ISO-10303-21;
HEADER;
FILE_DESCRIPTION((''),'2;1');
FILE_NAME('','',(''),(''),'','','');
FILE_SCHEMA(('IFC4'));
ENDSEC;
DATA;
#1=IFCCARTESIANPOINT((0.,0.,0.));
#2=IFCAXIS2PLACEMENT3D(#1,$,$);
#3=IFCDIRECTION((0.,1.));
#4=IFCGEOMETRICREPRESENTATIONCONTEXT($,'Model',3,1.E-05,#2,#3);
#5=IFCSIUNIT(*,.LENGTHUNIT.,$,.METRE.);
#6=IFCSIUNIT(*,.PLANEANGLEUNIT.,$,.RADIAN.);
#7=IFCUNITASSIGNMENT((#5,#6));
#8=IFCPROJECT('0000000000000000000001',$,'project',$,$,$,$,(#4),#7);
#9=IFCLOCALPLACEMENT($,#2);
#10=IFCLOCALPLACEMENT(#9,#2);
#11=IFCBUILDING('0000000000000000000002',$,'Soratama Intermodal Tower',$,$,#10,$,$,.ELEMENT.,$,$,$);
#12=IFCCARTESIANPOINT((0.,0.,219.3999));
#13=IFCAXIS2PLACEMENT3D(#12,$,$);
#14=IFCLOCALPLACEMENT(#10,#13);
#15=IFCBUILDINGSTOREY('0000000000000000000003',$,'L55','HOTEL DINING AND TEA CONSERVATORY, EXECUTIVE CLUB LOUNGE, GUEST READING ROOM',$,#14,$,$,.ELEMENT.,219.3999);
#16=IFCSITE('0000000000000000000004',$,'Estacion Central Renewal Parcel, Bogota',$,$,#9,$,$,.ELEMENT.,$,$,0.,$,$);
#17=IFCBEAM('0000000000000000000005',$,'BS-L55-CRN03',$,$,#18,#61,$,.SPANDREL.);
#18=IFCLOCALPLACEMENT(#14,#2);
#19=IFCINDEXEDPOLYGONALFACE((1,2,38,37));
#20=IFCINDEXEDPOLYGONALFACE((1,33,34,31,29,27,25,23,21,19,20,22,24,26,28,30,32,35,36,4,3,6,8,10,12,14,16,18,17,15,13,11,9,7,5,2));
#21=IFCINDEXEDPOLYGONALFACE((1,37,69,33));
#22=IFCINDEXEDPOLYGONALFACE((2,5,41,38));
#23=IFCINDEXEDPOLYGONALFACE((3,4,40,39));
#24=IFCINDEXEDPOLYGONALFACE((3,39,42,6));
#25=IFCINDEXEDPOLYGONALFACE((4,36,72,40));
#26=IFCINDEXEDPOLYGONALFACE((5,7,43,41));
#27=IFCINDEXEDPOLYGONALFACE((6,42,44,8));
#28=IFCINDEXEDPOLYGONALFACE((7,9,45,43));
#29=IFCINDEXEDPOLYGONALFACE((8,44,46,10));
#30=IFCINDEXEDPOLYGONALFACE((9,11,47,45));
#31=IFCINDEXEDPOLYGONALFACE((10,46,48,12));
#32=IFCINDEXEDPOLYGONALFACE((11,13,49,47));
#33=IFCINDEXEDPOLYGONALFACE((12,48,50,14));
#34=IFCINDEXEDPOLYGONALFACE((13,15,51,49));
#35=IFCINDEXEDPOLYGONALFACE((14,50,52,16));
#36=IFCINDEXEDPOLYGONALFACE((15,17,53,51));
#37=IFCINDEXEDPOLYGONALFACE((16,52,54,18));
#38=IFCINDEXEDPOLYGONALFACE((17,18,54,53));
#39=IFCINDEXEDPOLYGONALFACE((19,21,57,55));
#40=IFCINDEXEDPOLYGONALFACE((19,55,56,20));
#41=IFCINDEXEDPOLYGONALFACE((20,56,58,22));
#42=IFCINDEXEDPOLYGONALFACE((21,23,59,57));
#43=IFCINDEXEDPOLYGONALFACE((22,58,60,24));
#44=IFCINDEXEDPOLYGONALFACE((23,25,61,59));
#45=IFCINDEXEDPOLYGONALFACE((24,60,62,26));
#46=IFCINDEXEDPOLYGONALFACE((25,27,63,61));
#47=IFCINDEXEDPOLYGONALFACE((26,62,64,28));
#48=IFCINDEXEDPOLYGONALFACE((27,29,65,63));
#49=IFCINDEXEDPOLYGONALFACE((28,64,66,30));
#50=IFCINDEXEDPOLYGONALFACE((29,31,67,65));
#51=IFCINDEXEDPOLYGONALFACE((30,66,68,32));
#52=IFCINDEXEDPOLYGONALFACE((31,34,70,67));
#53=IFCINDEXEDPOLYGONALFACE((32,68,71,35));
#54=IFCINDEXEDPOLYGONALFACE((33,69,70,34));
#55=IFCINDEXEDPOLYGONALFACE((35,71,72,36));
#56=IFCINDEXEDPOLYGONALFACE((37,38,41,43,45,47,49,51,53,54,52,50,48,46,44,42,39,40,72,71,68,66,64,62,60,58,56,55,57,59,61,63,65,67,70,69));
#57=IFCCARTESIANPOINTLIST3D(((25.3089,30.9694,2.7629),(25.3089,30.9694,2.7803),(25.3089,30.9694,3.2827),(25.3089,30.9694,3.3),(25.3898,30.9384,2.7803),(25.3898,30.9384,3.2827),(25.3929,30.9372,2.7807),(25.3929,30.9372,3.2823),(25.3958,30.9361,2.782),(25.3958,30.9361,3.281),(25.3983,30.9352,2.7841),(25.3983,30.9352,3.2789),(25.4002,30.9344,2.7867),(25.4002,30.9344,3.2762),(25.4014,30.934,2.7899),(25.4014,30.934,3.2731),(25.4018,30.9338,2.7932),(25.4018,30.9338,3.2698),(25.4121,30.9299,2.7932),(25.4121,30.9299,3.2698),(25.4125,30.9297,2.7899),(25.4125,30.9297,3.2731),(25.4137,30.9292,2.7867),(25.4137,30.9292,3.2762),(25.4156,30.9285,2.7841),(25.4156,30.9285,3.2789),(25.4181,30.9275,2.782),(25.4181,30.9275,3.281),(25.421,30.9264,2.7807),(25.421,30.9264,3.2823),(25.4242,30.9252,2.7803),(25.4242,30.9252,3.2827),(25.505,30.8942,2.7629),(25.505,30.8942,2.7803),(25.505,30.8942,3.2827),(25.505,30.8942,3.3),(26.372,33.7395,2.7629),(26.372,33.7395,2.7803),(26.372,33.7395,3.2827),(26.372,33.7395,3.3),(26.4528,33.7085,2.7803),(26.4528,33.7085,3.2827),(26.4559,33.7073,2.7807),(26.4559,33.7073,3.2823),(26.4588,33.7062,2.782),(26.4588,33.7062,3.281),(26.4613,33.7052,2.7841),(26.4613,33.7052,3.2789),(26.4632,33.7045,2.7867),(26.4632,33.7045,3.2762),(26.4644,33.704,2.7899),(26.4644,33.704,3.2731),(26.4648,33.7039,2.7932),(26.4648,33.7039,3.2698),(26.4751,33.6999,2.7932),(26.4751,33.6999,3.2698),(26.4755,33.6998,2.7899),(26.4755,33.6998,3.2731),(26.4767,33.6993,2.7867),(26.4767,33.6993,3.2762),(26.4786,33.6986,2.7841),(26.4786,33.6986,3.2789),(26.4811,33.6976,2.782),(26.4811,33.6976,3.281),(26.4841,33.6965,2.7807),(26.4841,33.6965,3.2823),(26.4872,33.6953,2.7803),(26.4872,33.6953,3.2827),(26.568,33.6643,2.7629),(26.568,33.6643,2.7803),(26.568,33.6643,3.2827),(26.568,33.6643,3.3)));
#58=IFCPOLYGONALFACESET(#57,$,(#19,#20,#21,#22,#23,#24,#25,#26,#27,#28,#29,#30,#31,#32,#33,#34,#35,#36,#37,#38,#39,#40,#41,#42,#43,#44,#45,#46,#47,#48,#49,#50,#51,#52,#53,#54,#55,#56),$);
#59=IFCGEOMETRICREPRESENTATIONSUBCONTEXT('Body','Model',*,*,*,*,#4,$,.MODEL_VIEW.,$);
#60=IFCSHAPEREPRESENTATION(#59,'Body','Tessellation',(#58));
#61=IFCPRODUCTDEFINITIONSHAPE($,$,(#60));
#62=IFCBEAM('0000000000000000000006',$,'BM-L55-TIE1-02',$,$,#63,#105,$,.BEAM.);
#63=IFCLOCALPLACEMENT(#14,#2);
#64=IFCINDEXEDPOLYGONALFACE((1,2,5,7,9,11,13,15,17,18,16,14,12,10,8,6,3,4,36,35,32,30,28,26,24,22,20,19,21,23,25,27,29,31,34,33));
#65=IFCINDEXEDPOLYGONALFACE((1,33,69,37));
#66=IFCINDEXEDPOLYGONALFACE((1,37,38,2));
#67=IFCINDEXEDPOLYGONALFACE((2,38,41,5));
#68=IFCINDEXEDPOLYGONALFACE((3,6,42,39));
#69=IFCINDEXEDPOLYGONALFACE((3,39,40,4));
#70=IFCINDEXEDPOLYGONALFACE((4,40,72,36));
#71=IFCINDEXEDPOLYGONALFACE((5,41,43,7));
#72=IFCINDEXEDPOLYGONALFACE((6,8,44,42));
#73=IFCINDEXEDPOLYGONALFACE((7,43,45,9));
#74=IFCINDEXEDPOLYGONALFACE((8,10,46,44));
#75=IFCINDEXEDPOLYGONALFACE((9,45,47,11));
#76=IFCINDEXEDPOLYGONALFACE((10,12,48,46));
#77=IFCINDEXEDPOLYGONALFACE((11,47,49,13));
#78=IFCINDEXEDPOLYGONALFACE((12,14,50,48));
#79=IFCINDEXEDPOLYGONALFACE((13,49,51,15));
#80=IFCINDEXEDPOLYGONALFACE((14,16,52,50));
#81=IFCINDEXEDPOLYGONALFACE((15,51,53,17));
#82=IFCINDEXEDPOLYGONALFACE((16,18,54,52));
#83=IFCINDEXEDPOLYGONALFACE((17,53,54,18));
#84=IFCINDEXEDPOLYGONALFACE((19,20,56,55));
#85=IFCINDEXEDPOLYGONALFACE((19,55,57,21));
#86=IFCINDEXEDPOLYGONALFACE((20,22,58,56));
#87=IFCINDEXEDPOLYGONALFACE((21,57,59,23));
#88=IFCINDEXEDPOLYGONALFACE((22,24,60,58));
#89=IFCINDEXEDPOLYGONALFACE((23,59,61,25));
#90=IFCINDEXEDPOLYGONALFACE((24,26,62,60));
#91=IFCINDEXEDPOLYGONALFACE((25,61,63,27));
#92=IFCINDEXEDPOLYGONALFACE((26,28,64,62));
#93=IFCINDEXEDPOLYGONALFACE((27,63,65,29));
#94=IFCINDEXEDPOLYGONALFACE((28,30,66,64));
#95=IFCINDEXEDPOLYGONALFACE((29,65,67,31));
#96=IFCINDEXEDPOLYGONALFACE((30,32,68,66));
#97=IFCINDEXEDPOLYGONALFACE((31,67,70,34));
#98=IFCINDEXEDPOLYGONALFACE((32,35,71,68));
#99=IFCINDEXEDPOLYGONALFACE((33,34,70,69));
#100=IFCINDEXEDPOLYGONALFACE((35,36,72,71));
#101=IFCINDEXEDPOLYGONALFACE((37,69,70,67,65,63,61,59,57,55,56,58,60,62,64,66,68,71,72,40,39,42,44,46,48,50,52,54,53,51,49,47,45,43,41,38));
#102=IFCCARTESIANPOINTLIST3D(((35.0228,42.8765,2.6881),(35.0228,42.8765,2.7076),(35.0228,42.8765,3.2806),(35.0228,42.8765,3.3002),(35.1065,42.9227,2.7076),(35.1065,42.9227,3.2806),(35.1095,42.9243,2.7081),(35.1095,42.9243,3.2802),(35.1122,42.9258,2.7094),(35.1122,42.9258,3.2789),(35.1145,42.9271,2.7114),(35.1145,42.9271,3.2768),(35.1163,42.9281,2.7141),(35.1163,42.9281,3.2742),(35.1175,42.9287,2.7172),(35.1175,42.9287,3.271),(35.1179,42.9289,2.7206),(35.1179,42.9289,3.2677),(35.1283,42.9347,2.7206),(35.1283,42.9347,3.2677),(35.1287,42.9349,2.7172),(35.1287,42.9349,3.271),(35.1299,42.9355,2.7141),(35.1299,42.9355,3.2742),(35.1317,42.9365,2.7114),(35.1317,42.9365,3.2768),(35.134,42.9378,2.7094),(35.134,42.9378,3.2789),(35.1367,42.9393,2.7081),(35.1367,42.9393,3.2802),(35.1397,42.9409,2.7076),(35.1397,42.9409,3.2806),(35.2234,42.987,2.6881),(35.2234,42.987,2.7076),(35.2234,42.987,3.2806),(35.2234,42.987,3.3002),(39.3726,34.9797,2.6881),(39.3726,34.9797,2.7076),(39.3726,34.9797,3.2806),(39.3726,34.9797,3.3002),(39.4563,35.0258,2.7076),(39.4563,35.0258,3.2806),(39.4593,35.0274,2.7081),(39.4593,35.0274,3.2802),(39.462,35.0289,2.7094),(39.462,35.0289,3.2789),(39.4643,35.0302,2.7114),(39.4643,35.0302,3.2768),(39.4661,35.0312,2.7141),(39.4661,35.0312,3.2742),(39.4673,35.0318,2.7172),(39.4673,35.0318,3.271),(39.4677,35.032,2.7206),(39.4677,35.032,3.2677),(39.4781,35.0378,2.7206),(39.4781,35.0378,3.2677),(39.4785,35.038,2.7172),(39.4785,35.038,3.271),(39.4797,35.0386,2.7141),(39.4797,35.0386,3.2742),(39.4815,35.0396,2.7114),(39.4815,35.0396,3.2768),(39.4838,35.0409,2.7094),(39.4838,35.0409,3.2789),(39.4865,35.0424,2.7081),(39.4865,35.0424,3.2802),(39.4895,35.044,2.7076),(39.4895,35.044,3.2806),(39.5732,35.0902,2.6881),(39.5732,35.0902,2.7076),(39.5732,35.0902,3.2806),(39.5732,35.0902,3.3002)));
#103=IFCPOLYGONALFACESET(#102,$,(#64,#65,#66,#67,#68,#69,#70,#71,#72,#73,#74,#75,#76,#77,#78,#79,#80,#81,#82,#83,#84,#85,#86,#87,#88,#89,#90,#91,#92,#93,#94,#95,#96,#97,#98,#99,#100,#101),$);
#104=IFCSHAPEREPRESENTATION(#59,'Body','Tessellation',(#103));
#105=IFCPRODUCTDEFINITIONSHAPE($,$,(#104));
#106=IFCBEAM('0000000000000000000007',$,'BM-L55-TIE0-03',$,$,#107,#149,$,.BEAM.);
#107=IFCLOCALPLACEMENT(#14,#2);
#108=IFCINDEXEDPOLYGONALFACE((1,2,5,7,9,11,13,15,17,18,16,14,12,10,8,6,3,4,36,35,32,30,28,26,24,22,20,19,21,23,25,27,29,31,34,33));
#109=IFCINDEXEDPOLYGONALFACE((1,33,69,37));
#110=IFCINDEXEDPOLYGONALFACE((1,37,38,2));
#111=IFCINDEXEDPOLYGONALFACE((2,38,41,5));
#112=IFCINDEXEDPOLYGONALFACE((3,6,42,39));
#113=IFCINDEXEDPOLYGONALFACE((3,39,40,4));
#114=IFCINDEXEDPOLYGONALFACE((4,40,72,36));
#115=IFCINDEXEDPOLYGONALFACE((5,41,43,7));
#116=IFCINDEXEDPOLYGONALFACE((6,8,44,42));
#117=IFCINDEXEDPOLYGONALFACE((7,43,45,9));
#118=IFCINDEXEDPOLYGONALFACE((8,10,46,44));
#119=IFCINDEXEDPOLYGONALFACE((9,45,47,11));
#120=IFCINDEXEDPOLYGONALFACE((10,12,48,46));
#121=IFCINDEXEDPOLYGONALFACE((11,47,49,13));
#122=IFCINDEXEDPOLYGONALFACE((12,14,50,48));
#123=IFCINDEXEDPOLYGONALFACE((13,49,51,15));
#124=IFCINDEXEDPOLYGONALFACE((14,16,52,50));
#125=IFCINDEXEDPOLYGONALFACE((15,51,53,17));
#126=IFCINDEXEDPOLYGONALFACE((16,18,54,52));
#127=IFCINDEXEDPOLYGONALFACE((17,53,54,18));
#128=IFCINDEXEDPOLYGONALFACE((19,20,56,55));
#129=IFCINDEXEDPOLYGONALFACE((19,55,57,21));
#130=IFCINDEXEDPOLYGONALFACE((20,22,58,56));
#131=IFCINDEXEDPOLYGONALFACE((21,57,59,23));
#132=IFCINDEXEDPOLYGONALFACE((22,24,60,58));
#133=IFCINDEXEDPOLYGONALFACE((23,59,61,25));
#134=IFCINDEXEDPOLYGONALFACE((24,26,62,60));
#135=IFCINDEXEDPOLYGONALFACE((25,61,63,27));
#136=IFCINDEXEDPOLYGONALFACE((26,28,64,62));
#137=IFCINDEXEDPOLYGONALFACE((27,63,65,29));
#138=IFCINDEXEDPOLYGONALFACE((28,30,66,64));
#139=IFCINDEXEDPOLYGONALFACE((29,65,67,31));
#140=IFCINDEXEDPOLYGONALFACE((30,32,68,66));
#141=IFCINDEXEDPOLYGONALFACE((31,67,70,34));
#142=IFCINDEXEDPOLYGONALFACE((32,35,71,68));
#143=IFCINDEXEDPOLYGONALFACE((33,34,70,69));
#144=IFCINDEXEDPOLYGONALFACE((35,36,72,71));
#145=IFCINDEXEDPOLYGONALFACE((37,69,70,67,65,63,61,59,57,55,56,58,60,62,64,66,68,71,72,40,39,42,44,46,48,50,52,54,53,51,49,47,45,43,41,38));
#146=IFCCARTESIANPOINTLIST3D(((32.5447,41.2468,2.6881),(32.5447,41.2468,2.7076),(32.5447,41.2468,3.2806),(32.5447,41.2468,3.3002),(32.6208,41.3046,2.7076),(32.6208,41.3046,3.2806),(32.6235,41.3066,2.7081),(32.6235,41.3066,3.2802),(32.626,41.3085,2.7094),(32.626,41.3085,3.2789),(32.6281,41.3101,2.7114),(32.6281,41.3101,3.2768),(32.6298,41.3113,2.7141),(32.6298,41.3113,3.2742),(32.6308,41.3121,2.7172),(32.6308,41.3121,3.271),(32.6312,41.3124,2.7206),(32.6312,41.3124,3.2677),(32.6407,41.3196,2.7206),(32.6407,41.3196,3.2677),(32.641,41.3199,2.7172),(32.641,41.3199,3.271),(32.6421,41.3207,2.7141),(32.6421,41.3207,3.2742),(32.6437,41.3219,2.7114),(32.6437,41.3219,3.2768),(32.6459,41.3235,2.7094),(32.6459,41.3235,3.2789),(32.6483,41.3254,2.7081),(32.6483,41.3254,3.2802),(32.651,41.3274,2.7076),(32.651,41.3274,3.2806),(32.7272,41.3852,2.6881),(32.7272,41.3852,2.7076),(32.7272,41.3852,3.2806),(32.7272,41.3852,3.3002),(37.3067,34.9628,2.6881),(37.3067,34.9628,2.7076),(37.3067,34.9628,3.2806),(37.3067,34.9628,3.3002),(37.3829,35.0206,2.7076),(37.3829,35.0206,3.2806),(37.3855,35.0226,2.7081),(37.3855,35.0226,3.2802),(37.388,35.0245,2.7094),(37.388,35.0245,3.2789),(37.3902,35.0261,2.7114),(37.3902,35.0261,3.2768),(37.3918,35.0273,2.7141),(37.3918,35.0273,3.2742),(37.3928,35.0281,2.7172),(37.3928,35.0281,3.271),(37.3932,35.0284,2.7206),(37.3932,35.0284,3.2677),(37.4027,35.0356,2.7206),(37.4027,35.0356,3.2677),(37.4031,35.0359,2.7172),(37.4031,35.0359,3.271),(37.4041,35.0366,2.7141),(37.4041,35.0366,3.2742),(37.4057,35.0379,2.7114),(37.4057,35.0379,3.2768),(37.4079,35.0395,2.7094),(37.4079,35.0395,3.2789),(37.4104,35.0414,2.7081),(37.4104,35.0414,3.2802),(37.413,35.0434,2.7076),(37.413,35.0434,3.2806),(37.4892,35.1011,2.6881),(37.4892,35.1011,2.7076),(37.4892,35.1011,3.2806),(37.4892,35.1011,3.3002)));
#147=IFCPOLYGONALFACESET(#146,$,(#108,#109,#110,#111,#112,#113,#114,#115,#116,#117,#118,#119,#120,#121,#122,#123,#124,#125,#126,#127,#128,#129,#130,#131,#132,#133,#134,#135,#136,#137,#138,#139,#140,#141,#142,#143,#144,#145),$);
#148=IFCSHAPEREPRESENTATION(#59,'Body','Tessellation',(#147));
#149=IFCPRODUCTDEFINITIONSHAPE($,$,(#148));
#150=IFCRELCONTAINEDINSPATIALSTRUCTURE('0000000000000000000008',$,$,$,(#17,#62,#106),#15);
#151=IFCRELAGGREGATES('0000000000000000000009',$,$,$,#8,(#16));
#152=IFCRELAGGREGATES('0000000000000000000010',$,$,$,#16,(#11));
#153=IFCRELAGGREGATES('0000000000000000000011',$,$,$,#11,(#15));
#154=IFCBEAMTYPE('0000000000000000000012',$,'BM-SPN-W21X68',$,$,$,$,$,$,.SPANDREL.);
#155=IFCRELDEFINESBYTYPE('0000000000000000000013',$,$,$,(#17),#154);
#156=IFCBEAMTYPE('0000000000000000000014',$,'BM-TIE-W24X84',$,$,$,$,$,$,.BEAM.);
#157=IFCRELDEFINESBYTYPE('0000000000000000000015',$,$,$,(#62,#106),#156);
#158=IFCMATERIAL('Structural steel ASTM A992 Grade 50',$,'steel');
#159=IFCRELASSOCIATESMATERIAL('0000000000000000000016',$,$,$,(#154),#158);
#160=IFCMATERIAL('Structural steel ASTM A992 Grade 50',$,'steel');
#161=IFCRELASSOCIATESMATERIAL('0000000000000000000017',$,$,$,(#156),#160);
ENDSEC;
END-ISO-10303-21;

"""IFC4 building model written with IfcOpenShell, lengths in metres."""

from ifc_helpers import new_model, si_unit, direction, frame, origin, origin_2d, place, context, subcontext, project, spatial, i_section, extrude, material, material_profile, profile_set, type_object, element, save


model = new_model("IFC4")

# Units and contexts
model_context = context("Model", 3, precision=1e-05, world=origin(), true_north=direction((0.0, 1.0)))
body_context = subcontext(model_context, "Body", "Model", "MODEL_VIEW")
ifc_project = project(units=[si_unit("LENGTHUNIT", "METRE"), si_unit("PLANEANGLEUNIT", "RADIAN")], contexts=[model_context])

# Site, building, storey
site_placement = place(None, origin())
site = spatial("IfcSite", under=ifc_project, at=site_placement, Name="Estacion Central Renewal Parcel, Bogota", CompositionType="ELEMENT", RefElevation=0.0)
building_placement = place(site_placement, origin())
building = spatial("IfcBuilding", under=site, at=building_placement, Name="Soratama Intermodal Tower", CompositionType="ELEMENT")
storey_placement = place(building_placement, frame((0.0, 0.0, 219.3999)))
storey = spatial("IfcBuildingStorey", under=building, at=storey_placement, Name="L55", Description="HOTEL DINING AND TEA CONSERVATORY, EXECUTIVE CLUB LOUNGE, GUEST READING ROOM", CompositionType="ELEMENT", Elevation=219.3999)

# Beams
ifc_material_1 = material(Name="Structural steel ASTM A992 Grade 50", Category="steel")
ifc_material_profile_1 = material_profile(ifc_material_1, i_section(OverallWidth=0.21, OverallDepth=0.5371, WebThickness=0.011, FlangeThickness=0.0173, FilletRadius=0.0129, at=origin_2d()), Name="W21X68")
ifc_profile_set_1 = profile_set([ifc_material_profile_1], Name="Structural steel ASTM A992 Grade 50")
beam_type_1 = type_object("IfcBeamType", Name="BM-SPN-W21X68", PredefinedType="SPANDREL", material=ifc_profile_set_1)
beam_1_placement = place(storey_placement, frame((26.47, 33.7019, 3.0315), z_axis=(-0.358273, -0.933617, 0.0), x_axis=(0.933617, -0.358273, 0.0)))
element("IfcBeam", 1, at=beam_1_placement, inside=storey, type_object=beam_type_1, Name="BS-L55-CRN03", PredefinedType="SPANDREL", context=body_context, shape_type="SweptSolid", body=[
    extrude(i_section(OverallWidth=0.21, OverallDepth=0.5371, WebThickness=0.011, FlangeThickness=0.0173, FilletRadius=0.0129, at=origin_2d()), origin(), (0.0, 0.0, 1.0), 2.967),
])
ifc_material_2 = material(Name="Structural steel ASTM A992 Grade 50", Category="steel")
ifc_material_profile_2 = material_profile(ifc_material_2, i_section(OverallWidth=0.229, OverallDepth=0.6121, WebThickness=0.012, FlangeThickness=0.0195, FilletRadius=0.0129, at=origin_2d()), Name="W24X84")
ifc_profile_set_2 = profile_set([ifc_material_profile_2], Name="Structural steel ASTM A992 Grade 50")
beam_type_2 = type_object("IfcBeamType", Name="BM-TIE-W24X84", PredefinedType="BEAM", material=ifc_profile_set_2)
beam_2_placement = place(storey_placement, frame((39.4729, 35.0349, 2.9941), z_axis=(-0.482474, 0.87591, 0.0), x_axis=(-0.87591, -0.482474, 0.0)))
element("IfcBeam", 2, at=beam_2_placement, inside=storey, type_object=beam_type_2, Name="BM-L55-TIE1-02", PredefinedType="BEAM", context=body_context, shape_type="SweptSolid", body=[
    extrude(i_section(OverallWidth=0.229, OverallDepth=0.6121, WebThickness=0.012, FlangeThickness=0.0195, FilletRadius=0.0129, at=origin_2d()), origin(), (0.0, 0.0, 1.0), 9.0156),
])
beam_3_placement = place(storey_placement, frame((37.3979, 35.032, 2.9941), z_axis=(-0.603971, 0.797006, 0.0), x_axis=(-0.797006, -0.603971, 0.0)))
element("IfcBeam", 3, at=beam_3_placement, inside=storey, type_object=beam_type_2, Name="BM-L55-TIE0-03", PredefinedType="BEAM", context=body_context, shape_type="SweptSolid", body=[
    extrude(i_section(OverallWidth=0.229, OverallDepth=0.6121, WebThickness=0.012, FlangeThickness=0.0195, FilletRadius=0.0129, at=origin_2d()), origin(), (0.0, 0.0, 1.0), 7.8845),
])

save(model, "model.ifc")
